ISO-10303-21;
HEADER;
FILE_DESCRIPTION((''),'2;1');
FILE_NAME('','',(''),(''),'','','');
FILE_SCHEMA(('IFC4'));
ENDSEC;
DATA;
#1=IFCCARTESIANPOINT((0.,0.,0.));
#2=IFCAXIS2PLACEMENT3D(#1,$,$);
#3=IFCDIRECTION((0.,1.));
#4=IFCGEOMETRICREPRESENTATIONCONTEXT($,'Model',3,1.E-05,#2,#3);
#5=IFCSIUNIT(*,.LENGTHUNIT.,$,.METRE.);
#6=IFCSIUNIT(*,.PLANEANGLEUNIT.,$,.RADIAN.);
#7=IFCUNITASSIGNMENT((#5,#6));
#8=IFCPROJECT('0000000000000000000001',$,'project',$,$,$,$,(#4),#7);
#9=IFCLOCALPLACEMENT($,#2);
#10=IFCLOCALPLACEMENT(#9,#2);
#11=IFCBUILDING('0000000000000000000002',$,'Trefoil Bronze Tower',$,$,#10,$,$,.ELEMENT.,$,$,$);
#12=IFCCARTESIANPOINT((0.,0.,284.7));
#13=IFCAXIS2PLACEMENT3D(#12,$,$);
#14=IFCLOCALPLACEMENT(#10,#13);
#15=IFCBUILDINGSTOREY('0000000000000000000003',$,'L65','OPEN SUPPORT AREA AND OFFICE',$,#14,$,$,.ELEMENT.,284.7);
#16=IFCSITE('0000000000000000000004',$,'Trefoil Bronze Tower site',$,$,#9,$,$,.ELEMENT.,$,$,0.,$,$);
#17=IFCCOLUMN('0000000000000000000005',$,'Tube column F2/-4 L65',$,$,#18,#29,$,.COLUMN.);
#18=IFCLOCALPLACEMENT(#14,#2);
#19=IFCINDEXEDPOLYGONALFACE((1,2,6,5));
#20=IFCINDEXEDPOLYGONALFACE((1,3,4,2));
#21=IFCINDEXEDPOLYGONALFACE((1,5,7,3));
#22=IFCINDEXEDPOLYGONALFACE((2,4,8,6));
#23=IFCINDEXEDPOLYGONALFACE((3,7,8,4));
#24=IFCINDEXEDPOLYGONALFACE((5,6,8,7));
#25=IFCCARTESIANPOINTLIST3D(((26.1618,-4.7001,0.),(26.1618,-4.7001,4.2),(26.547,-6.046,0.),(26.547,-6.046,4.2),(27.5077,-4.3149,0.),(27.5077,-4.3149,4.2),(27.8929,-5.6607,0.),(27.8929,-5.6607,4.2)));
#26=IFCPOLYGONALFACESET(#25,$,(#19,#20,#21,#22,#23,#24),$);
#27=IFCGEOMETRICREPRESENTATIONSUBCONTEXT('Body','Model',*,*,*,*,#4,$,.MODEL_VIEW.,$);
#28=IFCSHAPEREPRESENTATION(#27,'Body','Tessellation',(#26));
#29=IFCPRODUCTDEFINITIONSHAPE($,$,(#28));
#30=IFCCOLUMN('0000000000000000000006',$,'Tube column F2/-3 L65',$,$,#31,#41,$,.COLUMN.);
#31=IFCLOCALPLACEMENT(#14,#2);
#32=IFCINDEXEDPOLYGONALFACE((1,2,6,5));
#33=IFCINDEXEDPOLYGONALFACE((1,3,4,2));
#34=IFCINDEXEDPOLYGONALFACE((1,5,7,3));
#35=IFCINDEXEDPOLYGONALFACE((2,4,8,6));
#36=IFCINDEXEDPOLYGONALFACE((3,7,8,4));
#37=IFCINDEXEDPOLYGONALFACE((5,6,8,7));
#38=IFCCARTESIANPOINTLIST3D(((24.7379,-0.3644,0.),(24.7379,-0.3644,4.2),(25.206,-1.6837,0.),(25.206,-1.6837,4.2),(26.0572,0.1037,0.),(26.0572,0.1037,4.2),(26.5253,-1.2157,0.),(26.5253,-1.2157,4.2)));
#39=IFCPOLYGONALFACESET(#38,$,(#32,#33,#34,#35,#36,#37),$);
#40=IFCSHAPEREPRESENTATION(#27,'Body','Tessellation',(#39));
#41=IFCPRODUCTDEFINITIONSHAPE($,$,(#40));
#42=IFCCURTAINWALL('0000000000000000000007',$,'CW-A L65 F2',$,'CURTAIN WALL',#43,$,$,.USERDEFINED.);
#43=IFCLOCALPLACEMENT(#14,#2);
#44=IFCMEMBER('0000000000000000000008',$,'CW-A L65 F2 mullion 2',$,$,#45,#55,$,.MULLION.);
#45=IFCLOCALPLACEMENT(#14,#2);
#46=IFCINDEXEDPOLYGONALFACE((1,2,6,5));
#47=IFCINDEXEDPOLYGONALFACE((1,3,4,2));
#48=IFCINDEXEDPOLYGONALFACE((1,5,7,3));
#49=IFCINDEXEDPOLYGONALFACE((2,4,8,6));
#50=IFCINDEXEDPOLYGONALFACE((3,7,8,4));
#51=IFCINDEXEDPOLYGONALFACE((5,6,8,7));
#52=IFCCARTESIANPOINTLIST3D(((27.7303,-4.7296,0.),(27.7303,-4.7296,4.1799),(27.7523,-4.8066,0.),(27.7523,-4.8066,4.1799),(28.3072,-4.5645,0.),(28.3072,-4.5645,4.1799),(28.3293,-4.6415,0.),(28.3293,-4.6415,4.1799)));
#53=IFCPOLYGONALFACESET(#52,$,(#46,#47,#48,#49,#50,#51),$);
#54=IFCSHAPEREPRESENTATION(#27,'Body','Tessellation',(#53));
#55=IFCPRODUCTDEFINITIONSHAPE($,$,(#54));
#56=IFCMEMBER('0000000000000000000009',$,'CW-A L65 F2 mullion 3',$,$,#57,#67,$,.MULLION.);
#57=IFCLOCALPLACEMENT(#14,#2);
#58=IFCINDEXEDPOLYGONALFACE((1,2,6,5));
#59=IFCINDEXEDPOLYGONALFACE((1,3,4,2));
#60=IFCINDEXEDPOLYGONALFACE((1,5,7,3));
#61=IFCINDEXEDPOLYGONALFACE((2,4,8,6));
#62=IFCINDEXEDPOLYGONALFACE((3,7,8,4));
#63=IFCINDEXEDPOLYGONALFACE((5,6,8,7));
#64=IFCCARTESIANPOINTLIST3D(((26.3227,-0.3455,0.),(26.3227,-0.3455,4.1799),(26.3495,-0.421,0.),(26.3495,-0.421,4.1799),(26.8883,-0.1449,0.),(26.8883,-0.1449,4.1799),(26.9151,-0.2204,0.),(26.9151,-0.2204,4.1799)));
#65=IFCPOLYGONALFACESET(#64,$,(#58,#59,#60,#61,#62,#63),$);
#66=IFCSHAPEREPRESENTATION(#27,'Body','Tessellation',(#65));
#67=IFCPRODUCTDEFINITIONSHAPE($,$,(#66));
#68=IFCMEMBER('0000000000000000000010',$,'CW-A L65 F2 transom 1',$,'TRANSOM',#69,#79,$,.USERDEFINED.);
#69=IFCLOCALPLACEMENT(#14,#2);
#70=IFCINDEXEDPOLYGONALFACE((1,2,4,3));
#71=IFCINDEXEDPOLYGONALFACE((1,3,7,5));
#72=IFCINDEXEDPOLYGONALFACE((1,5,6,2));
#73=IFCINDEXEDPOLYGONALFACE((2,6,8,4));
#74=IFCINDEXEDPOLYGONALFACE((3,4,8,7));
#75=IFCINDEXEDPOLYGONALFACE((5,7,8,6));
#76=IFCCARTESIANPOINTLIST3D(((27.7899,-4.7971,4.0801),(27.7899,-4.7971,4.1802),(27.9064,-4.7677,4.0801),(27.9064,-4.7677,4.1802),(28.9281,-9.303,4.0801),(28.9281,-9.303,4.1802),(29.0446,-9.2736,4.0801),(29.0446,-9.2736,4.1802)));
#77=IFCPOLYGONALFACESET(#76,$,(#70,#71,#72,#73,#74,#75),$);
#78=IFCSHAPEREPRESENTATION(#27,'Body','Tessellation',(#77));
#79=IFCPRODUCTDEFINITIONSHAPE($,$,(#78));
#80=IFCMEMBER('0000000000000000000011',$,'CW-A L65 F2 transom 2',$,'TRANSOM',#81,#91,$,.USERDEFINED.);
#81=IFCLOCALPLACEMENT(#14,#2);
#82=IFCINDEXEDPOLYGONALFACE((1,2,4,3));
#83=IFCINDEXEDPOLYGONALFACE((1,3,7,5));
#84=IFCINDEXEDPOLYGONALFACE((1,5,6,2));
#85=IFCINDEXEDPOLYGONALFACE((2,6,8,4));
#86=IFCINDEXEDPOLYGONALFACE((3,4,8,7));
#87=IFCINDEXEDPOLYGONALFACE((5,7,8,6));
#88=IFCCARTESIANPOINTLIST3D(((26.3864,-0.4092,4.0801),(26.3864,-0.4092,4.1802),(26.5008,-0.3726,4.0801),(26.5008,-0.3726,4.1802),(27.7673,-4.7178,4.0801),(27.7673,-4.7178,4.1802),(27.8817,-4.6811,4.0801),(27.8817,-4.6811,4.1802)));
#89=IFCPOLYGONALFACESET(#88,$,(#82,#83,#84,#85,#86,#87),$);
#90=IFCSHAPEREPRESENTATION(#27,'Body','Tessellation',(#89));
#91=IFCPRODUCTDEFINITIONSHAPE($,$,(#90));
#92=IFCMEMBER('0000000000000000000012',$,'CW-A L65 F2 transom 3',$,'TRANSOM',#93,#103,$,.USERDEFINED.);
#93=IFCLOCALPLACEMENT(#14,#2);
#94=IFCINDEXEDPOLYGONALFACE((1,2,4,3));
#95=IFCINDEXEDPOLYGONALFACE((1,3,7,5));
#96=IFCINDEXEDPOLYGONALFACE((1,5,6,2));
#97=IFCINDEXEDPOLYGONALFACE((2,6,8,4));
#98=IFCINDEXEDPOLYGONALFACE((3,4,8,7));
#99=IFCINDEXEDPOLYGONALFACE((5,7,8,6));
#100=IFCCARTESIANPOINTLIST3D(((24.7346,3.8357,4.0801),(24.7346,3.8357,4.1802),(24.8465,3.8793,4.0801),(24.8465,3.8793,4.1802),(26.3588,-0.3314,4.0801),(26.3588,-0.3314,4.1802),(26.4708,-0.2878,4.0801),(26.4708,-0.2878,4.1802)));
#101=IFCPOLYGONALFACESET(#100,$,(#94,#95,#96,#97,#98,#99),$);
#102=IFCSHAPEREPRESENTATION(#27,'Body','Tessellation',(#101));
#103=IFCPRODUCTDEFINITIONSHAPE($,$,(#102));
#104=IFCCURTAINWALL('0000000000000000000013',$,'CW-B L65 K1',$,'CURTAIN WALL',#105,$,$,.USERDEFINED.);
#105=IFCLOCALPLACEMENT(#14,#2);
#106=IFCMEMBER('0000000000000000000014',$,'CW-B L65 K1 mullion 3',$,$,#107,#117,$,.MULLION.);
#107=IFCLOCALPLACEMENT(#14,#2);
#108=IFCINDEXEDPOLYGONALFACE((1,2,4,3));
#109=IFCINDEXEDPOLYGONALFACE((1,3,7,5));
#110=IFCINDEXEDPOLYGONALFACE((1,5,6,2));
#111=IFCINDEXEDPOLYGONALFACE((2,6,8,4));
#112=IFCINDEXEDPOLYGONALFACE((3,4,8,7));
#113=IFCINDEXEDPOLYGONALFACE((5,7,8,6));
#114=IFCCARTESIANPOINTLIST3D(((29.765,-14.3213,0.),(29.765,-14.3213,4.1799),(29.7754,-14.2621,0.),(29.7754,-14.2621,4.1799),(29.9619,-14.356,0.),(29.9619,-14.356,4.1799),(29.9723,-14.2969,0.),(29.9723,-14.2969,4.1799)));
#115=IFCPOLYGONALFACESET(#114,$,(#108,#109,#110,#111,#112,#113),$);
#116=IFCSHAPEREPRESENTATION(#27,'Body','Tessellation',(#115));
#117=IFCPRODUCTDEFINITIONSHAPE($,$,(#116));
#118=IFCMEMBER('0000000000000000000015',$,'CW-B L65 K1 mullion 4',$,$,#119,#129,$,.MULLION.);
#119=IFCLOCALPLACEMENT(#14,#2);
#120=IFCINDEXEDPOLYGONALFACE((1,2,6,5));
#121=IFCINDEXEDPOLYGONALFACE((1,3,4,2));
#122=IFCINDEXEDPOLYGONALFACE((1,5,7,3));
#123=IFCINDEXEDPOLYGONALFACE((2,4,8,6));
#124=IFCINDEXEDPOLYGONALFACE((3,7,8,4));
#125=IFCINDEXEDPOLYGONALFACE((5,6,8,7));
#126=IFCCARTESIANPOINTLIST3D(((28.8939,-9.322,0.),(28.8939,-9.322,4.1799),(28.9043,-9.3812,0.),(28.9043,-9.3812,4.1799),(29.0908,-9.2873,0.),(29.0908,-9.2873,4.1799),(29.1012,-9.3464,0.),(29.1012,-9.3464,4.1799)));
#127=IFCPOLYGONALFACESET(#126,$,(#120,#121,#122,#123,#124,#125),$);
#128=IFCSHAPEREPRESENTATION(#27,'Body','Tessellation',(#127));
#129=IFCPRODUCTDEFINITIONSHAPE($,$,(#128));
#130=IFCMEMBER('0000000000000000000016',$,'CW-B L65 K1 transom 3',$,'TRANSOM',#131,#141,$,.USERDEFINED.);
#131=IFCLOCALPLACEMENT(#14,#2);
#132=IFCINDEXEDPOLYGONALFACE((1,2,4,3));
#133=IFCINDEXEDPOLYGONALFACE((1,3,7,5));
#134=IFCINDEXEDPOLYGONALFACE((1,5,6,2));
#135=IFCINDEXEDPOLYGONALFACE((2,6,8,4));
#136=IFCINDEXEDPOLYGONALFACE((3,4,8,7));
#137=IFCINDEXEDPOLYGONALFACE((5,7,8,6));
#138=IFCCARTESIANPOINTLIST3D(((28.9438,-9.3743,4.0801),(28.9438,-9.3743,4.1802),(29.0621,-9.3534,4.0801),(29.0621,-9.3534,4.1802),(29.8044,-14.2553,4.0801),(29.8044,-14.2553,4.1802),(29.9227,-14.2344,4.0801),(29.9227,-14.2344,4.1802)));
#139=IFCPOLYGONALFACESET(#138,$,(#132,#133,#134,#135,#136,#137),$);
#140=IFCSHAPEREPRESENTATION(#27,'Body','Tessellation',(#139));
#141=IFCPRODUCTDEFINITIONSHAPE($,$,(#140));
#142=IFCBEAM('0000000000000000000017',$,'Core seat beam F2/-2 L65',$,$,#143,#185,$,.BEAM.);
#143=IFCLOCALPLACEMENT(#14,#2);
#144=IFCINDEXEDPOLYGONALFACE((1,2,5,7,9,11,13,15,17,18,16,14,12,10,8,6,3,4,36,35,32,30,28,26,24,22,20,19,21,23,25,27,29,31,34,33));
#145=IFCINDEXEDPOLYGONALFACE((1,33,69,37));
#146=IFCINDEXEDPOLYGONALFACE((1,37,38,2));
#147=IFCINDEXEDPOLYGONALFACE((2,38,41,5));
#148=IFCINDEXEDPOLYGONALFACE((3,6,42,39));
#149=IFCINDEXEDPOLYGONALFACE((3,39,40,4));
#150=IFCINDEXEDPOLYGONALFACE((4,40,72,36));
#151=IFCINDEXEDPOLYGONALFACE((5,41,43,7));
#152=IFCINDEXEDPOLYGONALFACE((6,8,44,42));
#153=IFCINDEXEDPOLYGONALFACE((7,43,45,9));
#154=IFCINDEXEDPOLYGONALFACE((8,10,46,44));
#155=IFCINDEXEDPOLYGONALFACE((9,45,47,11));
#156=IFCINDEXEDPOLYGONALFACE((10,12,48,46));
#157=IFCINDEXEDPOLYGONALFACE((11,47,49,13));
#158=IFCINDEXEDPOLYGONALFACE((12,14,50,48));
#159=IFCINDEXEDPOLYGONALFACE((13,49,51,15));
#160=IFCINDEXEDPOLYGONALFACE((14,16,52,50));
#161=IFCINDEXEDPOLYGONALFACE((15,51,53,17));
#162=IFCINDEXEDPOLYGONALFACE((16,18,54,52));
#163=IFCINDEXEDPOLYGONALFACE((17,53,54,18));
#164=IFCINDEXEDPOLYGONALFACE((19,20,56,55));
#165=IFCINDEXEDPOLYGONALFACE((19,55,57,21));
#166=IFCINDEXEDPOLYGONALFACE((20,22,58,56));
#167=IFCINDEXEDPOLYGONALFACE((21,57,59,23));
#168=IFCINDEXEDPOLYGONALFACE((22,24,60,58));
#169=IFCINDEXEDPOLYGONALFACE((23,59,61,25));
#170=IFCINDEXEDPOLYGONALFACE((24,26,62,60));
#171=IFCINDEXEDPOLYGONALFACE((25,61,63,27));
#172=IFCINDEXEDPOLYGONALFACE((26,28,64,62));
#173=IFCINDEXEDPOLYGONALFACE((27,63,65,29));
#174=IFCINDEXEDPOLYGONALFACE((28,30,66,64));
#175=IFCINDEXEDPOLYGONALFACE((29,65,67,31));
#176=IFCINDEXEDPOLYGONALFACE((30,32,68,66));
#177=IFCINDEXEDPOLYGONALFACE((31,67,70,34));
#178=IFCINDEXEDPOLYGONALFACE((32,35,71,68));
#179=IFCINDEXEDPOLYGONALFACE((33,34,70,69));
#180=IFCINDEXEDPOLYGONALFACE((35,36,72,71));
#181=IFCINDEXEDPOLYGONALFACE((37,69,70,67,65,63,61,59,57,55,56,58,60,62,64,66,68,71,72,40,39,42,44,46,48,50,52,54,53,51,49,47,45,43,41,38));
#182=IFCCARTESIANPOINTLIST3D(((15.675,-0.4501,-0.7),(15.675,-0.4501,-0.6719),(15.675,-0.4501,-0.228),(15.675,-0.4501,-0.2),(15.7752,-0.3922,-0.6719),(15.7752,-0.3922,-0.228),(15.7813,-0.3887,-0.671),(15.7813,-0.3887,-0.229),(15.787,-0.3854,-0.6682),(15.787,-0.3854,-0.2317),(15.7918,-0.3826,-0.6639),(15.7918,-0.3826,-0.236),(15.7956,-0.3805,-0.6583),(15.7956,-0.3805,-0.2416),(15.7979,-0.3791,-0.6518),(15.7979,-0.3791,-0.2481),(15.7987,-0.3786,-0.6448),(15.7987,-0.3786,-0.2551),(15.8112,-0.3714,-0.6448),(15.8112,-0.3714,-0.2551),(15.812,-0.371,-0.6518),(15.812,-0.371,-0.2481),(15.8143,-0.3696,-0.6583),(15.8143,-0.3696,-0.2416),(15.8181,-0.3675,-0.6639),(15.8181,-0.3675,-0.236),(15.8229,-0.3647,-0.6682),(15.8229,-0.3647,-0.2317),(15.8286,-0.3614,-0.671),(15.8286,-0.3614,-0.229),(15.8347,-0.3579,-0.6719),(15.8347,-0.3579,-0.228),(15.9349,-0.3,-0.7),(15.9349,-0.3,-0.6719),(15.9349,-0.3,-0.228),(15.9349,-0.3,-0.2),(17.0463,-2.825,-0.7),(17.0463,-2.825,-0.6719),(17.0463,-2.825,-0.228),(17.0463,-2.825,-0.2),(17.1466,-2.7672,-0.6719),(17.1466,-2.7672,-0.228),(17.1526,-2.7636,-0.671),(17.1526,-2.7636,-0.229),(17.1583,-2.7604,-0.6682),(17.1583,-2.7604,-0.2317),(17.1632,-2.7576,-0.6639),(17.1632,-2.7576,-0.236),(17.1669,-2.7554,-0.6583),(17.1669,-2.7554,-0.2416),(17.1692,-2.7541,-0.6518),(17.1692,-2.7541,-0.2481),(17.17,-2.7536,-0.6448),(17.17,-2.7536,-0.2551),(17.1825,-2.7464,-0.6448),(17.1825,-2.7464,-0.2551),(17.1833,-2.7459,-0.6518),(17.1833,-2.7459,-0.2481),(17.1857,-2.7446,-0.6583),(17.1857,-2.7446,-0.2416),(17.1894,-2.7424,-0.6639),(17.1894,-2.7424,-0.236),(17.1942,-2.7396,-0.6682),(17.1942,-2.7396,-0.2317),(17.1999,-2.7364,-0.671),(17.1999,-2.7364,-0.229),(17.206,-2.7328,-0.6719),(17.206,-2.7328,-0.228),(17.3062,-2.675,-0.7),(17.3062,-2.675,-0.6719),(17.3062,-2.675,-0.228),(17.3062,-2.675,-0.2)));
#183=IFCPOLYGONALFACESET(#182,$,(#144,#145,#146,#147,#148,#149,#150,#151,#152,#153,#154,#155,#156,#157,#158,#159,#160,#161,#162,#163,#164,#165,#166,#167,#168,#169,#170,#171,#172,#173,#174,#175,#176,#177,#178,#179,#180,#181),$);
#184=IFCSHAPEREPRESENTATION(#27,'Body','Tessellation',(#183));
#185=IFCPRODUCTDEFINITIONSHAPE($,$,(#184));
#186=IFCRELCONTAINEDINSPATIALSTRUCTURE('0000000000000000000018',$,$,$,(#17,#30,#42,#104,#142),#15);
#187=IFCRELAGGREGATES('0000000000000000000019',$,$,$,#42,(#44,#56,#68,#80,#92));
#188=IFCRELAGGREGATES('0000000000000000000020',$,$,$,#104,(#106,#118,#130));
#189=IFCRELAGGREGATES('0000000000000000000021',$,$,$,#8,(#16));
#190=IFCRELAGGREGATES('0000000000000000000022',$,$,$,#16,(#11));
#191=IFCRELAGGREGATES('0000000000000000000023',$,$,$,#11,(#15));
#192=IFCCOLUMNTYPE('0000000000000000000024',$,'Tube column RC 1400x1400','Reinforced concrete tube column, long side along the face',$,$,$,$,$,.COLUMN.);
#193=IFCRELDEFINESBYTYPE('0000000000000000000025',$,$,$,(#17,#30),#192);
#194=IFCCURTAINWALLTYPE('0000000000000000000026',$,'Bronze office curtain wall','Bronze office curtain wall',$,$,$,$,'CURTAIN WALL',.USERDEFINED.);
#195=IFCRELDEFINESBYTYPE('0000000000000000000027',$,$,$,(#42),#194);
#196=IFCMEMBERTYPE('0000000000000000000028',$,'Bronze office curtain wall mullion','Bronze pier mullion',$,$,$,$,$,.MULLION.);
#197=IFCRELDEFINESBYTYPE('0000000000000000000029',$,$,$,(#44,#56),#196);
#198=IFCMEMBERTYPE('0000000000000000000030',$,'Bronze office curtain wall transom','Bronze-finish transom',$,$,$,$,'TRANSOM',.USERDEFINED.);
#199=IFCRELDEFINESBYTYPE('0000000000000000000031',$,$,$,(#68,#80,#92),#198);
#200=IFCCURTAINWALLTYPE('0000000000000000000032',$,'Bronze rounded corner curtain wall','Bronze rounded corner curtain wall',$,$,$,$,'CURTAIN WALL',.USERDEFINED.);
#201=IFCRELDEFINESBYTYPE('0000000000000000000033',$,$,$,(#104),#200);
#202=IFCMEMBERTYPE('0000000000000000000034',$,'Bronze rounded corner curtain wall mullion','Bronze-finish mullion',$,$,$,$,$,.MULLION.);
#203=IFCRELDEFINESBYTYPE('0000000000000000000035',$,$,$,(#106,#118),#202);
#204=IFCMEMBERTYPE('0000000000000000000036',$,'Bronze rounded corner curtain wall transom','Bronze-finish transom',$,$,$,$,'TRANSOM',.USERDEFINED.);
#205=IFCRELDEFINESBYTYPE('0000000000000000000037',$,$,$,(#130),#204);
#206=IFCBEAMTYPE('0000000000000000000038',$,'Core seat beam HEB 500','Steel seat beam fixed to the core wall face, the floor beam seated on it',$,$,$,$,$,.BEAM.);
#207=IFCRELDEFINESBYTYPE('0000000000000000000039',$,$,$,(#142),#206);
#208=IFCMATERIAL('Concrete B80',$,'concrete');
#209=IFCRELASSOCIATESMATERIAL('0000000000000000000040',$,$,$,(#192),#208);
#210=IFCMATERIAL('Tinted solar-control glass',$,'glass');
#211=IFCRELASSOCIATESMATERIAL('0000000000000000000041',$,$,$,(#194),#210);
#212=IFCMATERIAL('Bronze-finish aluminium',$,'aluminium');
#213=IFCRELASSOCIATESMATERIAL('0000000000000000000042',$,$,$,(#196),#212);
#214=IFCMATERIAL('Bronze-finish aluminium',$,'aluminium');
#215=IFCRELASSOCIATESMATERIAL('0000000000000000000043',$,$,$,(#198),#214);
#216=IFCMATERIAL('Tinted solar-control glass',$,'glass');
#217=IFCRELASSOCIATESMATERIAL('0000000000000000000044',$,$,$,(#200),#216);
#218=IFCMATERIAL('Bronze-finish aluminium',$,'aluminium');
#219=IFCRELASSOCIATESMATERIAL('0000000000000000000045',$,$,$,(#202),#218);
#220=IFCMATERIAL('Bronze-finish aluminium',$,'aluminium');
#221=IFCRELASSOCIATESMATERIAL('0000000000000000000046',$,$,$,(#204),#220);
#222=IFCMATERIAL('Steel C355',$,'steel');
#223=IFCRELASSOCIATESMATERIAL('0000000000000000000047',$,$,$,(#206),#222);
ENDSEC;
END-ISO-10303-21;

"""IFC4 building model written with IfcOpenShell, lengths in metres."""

from ifc_helpers import new_model, si_unit, direction, frame, origin, origin_2d, place, context, subcontext, project, spatial, rectangle, i_section, extrude, material, material_profile, profile_set, type_object, element, aggregate, save


model = new_model("IFC4")

# Units and contexts
model_context = context("Model", 3, precision=1e-05, world=origin(), true_north=direction((0.0, 1.0)))
body_context = subcontext(model_context, "Body", "Model", "MODEL_VIEW")
ifc_project = project(units=[si_unit("LENGTHUNIT", "METRE"), si_unit("PLANEANGLEUNIT", "RADIAN")], contexts=[model_context])

# Site, building, storey
site_placement = place(None, origin())
site = spatial("IfcSite", under=ifc_project, at=site_placement, Name="Trefoil Bronze Tower site", CompositionType="ELEMENT", RefElevation=0.0)
building_placement = place(site_placement, origin())
building = spatial("IfcBuilding", under=site, at=building_placement, Name="Trefoil Bronze Tower", CompositionType="ELEMENT")
storey_placement = place(building_placement, frame((0.0, 0.0, 284.7)))
storey = spatial("IfcBuildingStorey", under=building, at=storey_placement, Name="L65", Description="OPEN SUPPORT AREA AND OFFICE", CompositionType="ELEMENT", Elevation=284.7)

# Columns
ifc_material_1 = material(Name="Concrete B80", Category="concrete")
ifc_material_profile_1 = material_profile(ifc_material_1, rectangle(XDim=1.3999, YDim=1.3999, at=origin_2d()), Name="RC 1400x1400")
ifc_profile_set_1 = profile_set([ifc_material_profile_1], Name="Concrete B80")
column_type = type_object("IfcColumnType", Name="Tube column RC 1400x1400", Description="Reinforced concrete tube column, long side along the face", PredefinedType="COLUMN", material=ifc_profile_set_1)
for number, where, z_axis, x_axis, name in (
    (1, (27.0273, -5.1804, 0.0), (0.0, 0.0, 1.0), (-0.275169, 0.961396, 0.0), "Tube column F2/-4 L65"),
    (2, (25.6316, -0.79, 0.0), (0.0, 0.0, 1.0), (-0.334352, 0.942448, 0.0), "Tube column F2/-3 L65"),
):
    element("IfcColumn", number, at=place(storey_placement, frame(where, z_axis=z_axis, x_axis=x_axis)), inside=storey, type_object=column_type, Name=name, PredefinedType="COLUMN", context=body_context, shape_type="SweptSolid", body=[
        extrude(rectangle(XDim=1.3999, YDim=1.3999, at=origin_2d()), origin(), (0.0, 0.0, 1.0), 4.2),
    ])

# Curtain walls, members
ifc_material_2 = material(Name="Tinted solar-control glass", Category="glass")
curtain_wall_type_1 = type_object("IfcCurtainWallType", Name="Bronze office curtain wall", Description="Bronze office curtain wall", ElementType="CURTAIN WALL", PredefinedType="USERDEFINED", material=ifc_material_2)
curtain_wall_1_placement = place(storey_placement, origin())
curtain_wall_1 = element("IfcCurtainWall", 3, at=curtain_wall_1_placement, inside=storey, type_object=curtain_wall_type_1, Name="CW-A L65 F2", ObjectType="CURTAIN WALL", PredefinedType="USERDEFINED")
ifc_material_3 = material(Name="Bronze-finish aluminium", Category="aluminium")
ifc_material_profile_2 = material_profile(ifc_material_3, rectangle(XDim=0.6001, YDim=0.0801, at=origin_2d()), Name="CW-A mullion")
ifc_profile_set_2 = profile_set([ifc_material_profile_2], Name="Bronze-finish aluminium")
member_type_1 = type_object("IfcMemberType", Name="Bronze office curtain wall mullion", Description="Bronze pier mullion", PredefinedType="MULLION", material=ifc_profile_set_2)
member_1_placement = place(storey_placement, frame((28.0298, -4.6855, 0.0), z_axis=(0.0, 0.0, 1.0), x_axis=(-0.961396, -0.275169, 0.0)))
member_1 = element("IfcMember", 4, at=member_1_placement, type_object=member_type_1, Name="CW-A L65 F2 mullion 2", PredefinedType="MULLION", context=body_context, shape_type="SweptSolid", body=[
    extrude(rectangle(XDim=0.6001, YDim=0.0801, at=origin_2d()), origin(), (0.0, 0.0, 1.0), 4.1799),
])
member_2_placement = place(storey_placement, frame((26.6189, -0.283, 0.0), z_axis=(0.0, 0.0, 1.0), x_axis=(-0.942448, -0.334352, 0.0)))
member_2 = element("IfcMember", 5, at=member_2_placement, type_object=member_type_1, Name="CW-A L65 F2 mullion 3", PredefinedType="MULLION", context=body_context, shape_type="SweptSolid", body=[
    extrude(rectangle(XDim=0.6001, YDim=0.0801, at=origin_2d()), origin(), (0.0, 0.0, 1.0), 4.1799),
])
ifc_material_4 = material(Name="Bronze-finish aluminium", Category="aluminium")
ifc_material_profile_3 = material_profile(ifc_material_4, rectangle(XDim=0.1201, YDim=0.1001, at=origin_2d()), Name="CW-A transom")
ifc_profile_set_3 = profile_set([ifc_material_profile_3], Name="Bronze-finish aluminium")
member_type_2 = type_object("IfcMemberType", Name="Bronze office curtain wall transom", Description="Bronze-finish transom", ElementType="TRANSOM", PredefinedType="USERDEFINED", material=ifc_profile_set_3)
member_3_placement = place(storey_placement, frame((28.9863, -9.2883, 4.1301), z_axis=(-0.244908, 0.969546, 0.0), x_axis=(-0.969546, -0.244908, 0.0)))
member_3 = element("IfcMember", 6, at=member_3_placement, type_object=member_type_2, Name="CW-A L65 F2 transom 1", ObjectType="TRANSOM", PredefinedType="USERDEFINED", context=body_context, shape_type="SweptSolid", body=[
    extrude(rectangle(XDim=0.1201, YDim=0.1001, at=origin_2d()), origin(), (0.0, 0.0, 1.0), 4.6475),
])
member_4_placement = place(storey_placement, frame((27.8245, -4.6995, 4.1301), z_axis=(-0.305199, 0.952289, 0.0), x_axis=(-0.952289, -0.305199, 0.0)))
member_4 = element("IfcMember", 7, at=member_4_placement, type_object=member_type_2, Name="CW-A L65 F2 transom 2", ObjectType="TRANSOM", PredefinedType="USERDEFINED", context=body_context, shape_type="SweptSolid", body=[
    extrude(rectangle(XDim=0.1201, YDim=0.1001, at=origin_2d()), origin(), (0.0, 0.0, 1.0), 4.5244),
])
member_5_placement = place(storey_placement, frame((26.4148, -0.3096, 4.1301), z_axis=(-0.363178, 0.93172, 0.0), x_axis=(-0.93172, -0.363178, 0.0)))
member_5 = element("IfcMember", 8, at=member_5_placement, type_object=member_type_2, Name="CW-A L65 F2 transom 3", ObjectType="TRANSOM", PredefinedType="USERDEFINED", context=body_context, shape_type="SweptSolid", body=[
    extrude(rectangle(XDim=0.1201, YDim=0.1001, at=origin_2d()), origin(), (0.0, 0.0, 1.0), 4.4724),
])
ifc_material_5 = material(Name="Tinted solar-control glass", Category="glass")
curtain_wall_type_2 = type_object("IfcCurtainWallType", Name="Bronze rounded corner curtain wall", Description="Bronze rounded corner curtain wall", ElementType="CURTAIN WALL", PredefinedType="USERDEFINED", material=ifc_material_5)
curtain_wall_2_placement = place(storey_placement, origin())
curtain_wall_2 = element("IfcCurtainWall", 9, at=curtain_wall_2_placement, inside=storey, type_object=curtain_wall_type_2, Name="CW-B L65 K1", ObjectType="CURTAIN WALL", PredefinedType="USERDEFINED")
ifc_material_6 = material(Name="Bronze-finish aluminium", Category="aluminium")
ifc_material_profile_4 = material_profile(ifc_material_6, rectangle(XDim=0.2, YDim=0.0601, at=origin_2d()), Name="CW-B mullion")
ifc_profile_set_4 = profile_set([ifc_material_profile_4], Name="Bronze-finish aluminium")
member_type_3 = type_object("IfcMemberType", Name="Bronze rounded corner curtain wall mullion", Description="Bronze-finish mullion", PredefinedType="MULLION", material=ifc_profile_set_4)
member_6_placement = place(storey_placement, frame((29.8687, -14.3091, 0.0), z_axis=(0.0, 0.0, 1.0), x_axis=(-0.984808, 0.173648, 0.0)))
member_6 = element("IfcMember", 10, at=member_6_placement, type_object=member_type_3, Name="CW-B L65 K1 mullion 3", PredefinedType="MULLION", context=body_context, shape_type="SweptSolid", body=[
    extrude(rectangle(XDim=0.2, YDim=0.0601, at=origin_2d()), origin(), (0.0, 0.0, 1.0), 4.1799),
])
member_7_placement = place(storey_placement, frame((28.9976, -9.3342, 0.0), z_axis=(0.0, 0.0, 1.0), x_axis=(-0.984808, -0.173648, 0.0)))
member_7 = element("IfcMember", 11, at=member_7_placement, type_object=member_type_3, Name="CW-B L65 K1 mullion 4", PredefinedType="MULLION", context=body_context, shape_type="SweptSolid", body=[
    extrude(rectangle(XDim=0.2, YDim=0.0601, at=origin_2d()), origin(), (0.0, 0.0, 1.0), 4.1799),
])
ifc_material_7 = material(Name="Bronze-finish aluminium", Category="aluminium")
ifc_material_profile_5 = material_profile(ifc_material_7, rectangle(XDim=0.1201, YDim=0.1001, at=origin_2d()), Name="CW-B transom")
ifc_profile_set_5 = profile_set([ifc_material_profile_5], Name="Bronze-finish aluminium")
member_type_4 = type_object("IfcMemberType", Name="Bronze rounded corner curtain wall transom", Description="Bronze-finish transom", ElementType="TRANSOM", PredefinedType="USERDEFINED", material=ifc_profile_set_5)
member_8_placement = place(storey_placement, frame((29.8635, -14.2449, 4.1301), z_axis=(-0.173634, 0.98481, 0.0), x_axis=(-0.98481, -0.173634, 0.0)))
member_8 = element("IfcMember", 12, at=member_8_placement, type_object=member_type_4, Name="CW-B L65 K1 transom 3", ObjectType="TRANSOM", PredefinedType="USERDEFINED", context=body_context, shape_type="SweptSolid", body=[
    extrude(rectangle(XDim=0.1201, YDim=0.1001, at=origin_2d()), origin(), (0.0, 0.0, 1.0), 4.9563),
])

# Beam
ifc_material_8 = material(Name="Steel C355", Category="steel")
ifc_material_profile_6 = material_profile(ifc_material_8, i_section(OverallWidth=0.3, OverallDepth=0.5, WebThickness=0.0144, FlangeThickness=0.0281, FilletRadius=0.0271, at=origin_2d()), Name="HEB 500")
ifc_profile_set_6 = profile_set([ifc_material_profile_6], Name="Steel C355")
beam_type_1 = type_object("IfcBeamType", Name="Core seat beam HEB 500", Description="Steel seat beam fixed to the core wall face, the floor beam seated on it", PredefinedType="BEAM", material=ifc_profile_set_6)
beam_1_placement = place(storey_placement, frame((17.1763, -2.75, -0.45), z_axis=(-0.500036, 0.866005, 0.0), x_axis=(-0.866005, -0.500036, 0.0)))
element("IfcBeam", 13, at=beam_1_placement, inside=storey, type_object=beam_type_1, Name="Core seat beam F2/-2 L65", PredefinedType="BEAM", context=body_context, shape_type="SweptSolid", body=[
    extrude(i_section(OverallWidth=0.3, OverallDepth=0.5, WebThickness=0.0144, FlangeThickness=0.0281, FilletRadius=0.0271, at=origin_2d()), origin(), (0.0, 0.0, 1.0), 2.7424),
])

aggregate(curtain_wall_1, [member_1, member_2, member_3, member_4, member_5])
aggregate(curtain_wall_2, [member_6, member_7, member_8])

save(model, "model.ifc")
